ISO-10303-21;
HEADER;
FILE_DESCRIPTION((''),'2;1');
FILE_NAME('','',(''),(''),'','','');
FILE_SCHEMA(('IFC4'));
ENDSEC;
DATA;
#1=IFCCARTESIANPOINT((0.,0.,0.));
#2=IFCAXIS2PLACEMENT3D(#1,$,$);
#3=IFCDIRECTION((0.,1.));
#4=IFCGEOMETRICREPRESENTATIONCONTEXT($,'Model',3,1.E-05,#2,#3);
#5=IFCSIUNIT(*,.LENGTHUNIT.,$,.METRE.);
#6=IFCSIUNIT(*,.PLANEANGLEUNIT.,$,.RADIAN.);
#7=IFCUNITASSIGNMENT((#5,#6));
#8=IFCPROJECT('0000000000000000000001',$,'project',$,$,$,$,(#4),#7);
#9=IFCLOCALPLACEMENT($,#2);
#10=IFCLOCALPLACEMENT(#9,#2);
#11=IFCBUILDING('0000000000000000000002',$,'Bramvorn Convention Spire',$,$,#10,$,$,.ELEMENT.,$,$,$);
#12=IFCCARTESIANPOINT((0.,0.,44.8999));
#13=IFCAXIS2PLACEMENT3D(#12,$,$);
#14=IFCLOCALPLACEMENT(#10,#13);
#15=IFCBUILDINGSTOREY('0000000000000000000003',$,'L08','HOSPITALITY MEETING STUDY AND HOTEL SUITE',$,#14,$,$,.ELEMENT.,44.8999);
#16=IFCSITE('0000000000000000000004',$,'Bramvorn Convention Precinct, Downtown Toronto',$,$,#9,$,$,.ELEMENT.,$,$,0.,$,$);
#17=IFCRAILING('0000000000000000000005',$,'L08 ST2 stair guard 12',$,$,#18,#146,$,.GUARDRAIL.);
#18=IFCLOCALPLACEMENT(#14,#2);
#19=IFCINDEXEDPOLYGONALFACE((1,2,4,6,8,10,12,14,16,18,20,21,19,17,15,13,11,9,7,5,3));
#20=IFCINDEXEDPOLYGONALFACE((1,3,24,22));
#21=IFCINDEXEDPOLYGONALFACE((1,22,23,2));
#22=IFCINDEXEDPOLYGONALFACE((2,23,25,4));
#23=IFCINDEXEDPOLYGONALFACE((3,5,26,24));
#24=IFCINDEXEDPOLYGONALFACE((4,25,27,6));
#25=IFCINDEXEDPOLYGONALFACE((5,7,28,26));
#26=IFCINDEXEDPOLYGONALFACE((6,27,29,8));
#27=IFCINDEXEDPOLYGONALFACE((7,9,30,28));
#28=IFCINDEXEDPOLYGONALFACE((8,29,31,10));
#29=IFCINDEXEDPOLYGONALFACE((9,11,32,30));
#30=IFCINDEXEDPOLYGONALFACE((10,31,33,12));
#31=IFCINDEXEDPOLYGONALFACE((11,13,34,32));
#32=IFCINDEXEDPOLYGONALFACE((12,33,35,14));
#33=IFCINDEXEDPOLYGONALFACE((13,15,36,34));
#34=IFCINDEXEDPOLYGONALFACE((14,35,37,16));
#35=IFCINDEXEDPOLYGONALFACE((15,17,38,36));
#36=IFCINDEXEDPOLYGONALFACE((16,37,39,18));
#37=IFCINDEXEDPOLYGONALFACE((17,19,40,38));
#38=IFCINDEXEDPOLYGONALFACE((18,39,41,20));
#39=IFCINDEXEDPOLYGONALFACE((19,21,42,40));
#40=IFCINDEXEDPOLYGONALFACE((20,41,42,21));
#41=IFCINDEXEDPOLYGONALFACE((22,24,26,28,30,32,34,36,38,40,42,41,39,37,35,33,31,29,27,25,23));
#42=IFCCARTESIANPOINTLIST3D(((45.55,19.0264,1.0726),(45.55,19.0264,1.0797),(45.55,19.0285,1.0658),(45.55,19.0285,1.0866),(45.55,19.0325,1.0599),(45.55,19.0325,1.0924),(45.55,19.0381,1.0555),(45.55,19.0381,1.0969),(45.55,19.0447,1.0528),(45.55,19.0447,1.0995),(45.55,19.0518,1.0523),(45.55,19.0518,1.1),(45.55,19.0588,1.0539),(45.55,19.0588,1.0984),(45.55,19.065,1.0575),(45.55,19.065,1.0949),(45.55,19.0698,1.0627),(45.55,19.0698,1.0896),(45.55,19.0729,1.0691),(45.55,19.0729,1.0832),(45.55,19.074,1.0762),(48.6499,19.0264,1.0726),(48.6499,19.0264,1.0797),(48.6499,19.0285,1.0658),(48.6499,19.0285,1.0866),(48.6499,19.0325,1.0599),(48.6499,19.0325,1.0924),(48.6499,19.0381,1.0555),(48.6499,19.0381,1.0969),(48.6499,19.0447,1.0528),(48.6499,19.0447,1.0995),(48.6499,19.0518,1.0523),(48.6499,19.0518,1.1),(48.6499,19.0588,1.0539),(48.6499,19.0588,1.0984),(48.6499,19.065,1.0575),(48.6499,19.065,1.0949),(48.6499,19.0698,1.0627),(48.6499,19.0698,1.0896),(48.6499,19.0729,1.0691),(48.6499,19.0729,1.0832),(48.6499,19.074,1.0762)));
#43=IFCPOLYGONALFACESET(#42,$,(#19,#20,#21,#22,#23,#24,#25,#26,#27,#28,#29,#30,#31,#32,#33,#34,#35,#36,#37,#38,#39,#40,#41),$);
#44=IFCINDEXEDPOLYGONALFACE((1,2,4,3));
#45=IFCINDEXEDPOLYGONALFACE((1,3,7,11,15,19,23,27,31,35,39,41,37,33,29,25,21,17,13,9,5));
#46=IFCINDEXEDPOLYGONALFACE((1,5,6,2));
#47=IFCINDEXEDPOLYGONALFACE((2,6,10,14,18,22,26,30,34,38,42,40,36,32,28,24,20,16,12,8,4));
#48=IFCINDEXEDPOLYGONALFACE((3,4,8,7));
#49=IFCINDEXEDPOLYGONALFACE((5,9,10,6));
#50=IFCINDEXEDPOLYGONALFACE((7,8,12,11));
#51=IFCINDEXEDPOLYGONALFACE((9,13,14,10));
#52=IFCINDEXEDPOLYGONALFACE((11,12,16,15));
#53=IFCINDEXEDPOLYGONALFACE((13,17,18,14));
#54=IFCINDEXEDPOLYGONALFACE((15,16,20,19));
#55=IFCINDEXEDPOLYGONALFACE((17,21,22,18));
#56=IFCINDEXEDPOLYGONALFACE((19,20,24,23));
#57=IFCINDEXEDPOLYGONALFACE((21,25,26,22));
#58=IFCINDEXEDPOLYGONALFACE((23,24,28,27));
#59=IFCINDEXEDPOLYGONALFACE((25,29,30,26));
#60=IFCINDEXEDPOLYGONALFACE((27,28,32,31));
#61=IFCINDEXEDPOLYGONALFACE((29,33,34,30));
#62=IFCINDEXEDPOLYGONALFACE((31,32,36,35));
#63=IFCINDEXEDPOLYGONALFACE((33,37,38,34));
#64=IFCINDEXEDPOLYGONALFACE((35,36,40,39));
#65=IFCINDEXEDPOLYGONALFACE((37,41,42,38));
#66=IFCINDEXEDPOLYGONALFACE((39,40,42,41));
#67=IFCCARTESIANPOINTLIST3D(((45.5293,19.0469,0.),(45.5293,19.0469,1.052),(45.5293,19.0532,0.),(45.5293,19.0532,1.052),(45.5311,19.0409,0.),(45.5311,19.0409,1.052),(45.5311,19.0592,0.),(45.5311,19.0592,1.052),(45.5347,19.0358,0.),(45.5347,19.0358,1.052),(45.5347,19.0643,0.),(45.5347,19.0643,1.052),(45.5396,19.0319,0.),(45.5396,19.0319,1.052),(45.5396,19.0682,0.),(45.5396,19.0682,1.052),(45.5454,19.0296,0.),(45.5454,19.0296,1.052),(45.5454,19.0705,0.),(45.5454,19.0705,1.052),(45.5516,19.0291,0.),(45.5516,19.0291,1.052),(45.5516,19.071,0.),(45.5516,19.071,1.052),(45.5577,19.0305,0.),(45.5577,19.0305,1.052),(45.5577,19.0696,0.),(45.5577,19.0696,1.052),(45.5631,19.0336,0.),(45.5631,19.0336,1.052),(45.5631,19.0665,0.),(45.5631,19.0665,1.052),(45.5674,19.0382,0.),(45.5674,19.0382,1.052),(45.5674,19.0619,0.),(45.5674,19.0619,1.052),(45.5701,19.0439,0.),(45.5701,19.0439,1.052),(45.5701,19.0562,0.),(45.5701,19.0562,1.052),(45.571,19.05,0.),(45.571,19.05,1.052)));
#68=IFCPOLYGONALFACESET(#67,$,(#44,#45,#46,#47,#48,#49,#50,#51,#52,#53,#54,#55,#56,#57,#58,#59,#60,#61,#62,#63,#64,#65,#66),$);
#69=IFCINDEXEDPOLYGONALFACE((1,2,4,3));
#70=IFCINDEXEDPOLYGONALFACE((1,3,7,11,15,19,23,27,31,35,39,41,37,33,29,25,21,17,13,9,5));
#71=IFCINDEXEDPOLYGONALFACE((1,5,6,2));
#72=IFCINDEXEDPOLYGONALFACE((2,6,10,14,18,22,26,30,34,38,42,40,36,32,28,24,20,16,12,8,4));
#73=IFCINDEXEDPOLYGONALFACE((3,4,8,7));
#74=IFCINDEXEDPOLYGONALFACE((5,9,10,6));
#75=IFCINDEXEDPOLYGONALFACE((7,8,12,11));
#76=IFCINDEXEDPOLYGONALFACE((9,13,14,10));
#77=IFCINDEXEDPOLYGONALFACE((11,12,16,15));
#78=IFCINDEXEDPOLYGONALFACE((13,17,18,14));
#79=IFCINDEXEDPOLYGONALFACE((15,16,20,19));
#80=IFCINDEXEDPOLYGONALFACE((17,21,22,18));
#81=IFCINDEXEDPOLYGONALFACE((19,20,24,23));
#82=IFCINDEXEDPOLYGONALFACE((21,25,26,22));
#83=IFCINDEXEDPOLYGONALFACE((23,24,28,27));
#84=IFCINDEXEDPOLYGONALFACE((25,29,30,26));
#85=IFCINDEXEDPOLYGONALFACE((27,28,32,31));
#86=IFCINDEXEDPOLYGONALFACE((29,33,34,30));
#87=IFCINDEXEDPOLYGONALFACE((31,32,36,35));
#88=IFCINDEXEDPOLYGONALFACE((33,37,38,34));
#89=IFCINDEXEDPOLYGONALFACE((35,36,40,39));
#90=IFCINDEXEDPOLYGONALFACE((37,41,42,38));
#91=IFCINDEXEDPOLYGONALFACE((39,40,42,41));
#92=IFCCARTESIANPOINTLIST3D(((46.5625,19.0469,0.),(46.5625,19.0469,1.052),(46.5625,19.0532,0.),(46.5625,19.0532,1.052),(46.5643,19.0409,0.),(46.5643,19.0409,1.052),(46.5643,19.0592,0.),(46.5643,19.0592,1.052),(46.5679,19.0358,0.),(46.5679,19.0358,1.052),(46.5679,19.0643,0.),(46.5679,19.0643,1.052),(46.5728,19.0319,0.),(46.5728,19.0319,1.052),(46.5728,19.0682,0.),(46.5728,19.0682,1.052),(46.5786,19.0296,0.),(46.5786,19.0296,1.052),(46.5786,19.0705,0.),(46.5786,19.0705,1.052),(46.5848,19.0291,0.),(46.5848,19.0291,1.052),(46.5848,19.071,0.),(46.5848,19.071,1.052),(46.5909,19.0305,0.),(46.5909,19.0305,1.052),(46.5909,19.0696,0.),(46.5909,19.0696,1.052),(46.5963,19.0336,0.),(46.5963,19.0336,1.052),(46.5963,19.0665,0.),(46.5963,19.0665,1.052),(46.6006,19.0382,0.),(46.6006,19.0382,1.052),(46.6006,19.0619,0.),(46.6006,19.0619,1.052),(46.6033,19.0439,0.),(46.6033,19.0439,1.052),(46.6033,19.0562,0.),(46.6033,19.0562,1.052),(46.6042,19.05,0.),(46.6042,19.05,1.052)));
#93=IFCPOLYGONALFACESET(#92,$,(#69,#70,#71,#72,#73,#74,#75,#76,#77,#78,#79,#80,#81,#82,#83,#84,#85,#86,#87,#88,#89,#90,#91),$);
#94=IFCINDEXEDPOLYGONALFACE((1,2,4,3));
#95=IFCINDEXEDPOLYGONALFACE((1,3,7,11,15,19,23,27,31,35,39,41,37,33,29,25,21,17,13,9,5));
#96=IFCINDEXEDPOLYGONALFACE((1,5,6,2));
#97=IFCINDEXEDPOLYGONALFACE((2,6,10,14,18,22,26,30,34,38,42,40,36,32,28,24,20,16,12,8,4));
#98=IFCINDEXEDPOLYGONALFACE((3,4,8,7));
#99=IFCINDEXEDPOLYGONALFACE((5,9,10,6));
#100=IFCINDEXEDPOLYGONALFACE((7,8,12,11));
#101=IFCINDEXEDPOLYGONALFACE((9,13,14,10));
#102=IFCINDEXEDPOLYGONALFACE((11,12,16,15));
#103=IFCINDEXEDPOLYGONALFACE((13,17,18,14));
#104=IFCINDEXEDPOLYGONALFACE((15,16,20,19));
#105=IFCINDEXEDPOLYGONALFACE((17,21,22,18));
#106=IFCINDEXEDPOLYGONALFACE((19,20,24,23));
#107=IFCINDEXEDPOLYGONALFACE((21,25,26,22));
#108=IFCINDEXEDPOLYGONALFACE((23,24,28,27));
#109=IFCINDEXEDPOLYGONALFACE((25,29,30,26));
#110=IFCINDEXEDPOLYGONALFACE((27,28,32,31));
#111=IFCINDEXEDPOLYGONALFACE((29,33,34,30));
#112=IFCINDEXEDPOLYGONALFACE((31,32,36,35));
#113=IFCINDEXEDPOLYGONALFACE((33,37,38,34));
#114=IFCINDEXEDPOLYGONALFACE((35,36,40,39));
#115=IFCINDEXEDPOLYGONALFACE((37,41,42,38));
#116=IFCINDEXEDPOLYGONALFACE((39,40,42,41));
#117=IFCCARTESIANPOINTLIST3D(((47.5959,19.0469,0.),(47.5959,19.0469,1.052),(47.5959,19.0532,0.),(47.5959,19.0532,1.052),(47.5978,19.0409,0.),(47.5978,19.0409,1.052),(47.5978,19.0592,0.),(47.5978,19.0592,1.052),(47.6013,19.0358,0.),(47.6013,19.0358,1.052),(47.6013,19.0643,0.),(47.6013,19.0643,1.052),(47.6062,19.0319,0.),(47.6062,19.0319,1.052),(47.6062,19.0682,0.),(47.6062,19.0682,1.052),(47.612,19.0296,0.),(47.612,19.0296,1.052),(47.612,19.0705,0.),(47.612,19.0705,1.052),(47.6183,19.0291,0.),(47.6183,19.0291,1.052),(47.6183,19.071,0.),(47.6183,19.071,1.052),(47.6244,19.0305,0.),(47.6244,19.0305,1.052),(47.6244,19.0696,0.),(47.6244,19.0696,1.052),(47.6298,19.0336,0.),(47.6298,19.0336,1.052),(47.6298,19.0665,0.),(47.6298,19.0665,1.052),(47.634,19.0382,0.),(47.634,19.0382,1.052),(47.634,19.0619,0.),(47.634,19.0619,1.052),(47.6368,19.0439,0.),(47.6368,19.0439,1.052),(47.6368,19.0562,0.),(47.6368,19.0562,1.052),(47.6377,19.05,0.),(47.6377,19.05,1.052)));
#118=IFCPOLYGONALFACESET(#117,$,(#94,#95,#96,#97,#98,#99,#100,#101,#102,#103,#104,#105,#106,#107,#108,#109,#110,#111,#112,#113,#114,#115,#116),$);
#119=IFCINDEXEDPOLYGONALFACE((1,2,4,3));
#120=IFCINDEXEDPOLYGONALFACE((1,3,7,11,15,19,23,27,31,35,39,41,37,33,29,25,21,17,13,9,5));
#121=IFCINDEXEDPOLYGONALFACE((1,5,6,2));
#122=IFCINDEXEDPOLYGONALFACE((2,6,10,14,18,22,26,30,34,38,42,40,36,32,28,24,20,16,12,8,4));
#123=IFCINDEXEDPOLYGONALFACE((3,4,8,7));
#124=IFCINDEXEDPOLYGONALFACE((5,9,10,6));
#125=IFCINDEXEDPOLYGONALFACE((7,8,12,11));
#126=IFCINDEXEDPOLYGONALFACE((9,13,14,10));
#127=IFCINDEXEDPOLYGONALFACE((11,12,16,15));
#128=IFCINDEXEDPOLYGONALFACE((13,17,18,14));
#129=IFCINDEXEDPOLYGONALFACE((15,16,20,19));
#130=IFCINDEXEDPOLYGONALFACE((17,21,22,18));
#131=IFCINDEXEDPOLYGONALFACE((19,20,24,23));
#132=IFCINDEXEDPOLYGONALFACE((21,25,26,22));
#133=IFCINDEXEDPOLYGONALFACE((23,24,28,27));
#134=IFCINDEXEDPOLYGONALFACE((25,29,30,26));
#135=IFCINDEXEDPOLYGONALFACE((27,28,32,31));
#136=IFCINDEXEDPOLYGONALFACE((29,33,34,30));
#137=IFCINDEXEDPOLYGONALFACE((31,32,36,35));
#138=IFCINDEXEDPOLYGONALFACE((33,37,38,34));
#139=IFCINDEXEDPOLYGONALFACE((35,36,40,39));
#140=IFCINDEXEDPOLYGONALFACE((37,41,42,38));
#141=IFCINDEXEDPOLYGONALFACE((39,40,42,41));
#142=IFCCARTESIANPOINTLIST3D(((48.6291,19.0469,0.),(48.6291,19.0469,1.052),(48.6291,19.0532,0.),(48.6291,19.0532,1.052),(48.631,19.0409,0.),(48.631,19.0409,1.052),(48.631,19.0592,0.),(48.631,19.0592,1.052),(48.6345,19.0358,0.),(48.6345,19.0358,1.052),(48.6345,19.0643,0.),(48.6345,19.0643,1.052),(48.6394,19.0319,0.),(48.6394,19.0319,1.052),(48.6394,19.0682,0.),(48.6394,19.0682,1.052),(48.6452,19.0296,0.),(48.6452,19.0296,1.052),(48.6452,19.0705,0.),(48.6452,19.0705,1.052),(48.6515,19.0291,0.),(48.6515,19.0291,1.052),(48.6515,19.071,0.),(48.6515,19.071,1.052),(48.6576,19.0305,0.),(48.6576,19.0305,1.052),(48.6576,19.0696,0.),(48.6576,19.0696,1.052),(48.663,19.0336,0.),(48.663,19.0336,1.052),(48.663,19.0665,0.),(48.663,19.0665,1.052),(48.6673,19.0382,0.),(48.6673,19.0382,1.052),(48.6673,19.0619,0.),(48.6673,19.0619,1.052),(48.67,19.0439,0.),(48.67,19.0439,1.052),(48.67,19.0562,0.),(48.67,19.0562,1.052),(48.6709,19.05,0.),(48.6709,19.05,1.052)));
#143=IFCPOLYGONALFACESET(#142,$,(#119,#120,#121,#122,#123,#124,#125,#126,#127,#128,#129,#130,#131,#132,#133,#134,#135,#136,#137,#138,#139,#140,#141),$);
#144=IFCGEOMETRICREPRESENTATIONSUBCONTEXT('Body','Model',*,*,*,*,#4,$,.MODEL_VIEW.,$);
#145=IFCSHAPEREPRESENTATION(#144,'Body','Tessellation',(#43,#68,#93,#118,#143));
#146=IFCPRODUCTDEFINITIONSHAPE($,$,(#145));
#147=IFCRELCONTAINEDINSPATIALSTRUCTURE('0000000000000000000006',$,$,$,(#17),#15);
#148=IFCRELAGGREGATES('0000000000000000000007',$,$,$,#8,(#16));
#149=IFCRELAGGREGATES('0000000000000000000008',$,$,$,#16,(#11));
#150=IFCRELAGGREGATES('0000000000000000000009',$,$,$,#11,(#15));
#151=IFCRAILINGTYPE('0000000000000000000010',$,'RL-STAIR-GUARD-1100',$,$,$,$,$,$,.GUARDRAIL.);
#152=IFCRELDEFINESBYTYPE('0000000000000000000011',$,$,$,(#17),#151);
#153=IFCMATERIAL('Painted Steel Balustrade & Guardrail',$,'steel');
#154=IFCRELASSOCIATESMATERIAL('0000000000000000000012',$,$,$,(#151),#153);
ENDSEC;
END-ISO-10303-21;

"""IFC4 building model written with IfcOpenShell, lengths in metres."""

from ifc_helpers import new_model, si_unit, direction, frame, origin, origin_2d, place, context, subcontext, project, spatial, circle, extrude, material, type_object, element, save


model = new_model("IFC4")

# Units and contexts
model_context = context("Model", 3, precision=1e-05, world=origin(), true_north=direction((0.0, 1.0)))
body_context = subcontext(model_context, "Body", "Model", "MODEL_VIEW")
ifc_project = project(units=[si_unit("LENGTHUNIT", "METRE"), si_unit("PLANEANGLEUNIT", "RADIAN")], contexts=[model_context])

# Site, building, storey
site_placement = place(None, origin())
site = spatial("IfcSite", under=ifc_project, at=site_placement, Name="Bramvorn Convention Precinct, Downtown Toronto", CompositionType="ELEMENT", RefElevation=0.0)
building_placement = place(site_placement, origin())
building = spatial("IfcBuilding", under=site, at=building_placement, Name="Bramvorn Convention Spire", CompositionType="ELEMENT")
storey_placement = place(building_placement, frame((0.0, 0.0, 44.8999)))
storey = spatial("IfcBuildingStorey", under=building, at=storey_placement, Name="L08", Description="HOSPITALITY MEETING STUDY AND HOTEL SUITE", CompositionType="ELEMENT", Elevation=44.8999)

# Railing
ifc_material_1 = material(Name="Painted Steel Balustrade & Guardrail", Category="steel")
railing_type = type_object("IfcRailingType", Name="RL-STAIR-GUARD-1100", PredefinedType="GUARDRAIL", material=ifc_material_1)
railing_1_placement = place(storey_placement, frame((45.55, 19.05, 0.0)))
element("IfcRailing", 1, at=railing_1_placement, inside=storey, type_object=railing_type, Name="L08 ST2 stair guard 12", PredefinedType="GUARDRAIL", context=body_context, shape_type="SweptSolid", body=[
    extrude(circle(Radius=0.0239, at=origin_2d()), frame((0.0, 0.0, 1.0762), z_axis=(1.0, 0.0, 0.0), x_axis=(0.0, 1.0, 0.0)), (0.0, 0.0, 1.0), 3.0999),
    extrude(circle(Radius=0.021, at=origin_2d()), origin(), (0.0, 0.0, 1.0), 1.052),
    extrude(circle(Radius=0.021, at=origin_2d()), frame((1.0332, 0.0, 0.0)), (0.0, 0.0, 1.0), 1.052),
    extrude(circle(Radius=0.021, at=origin_2d()), frame((2.0667, 0.0, 0.0)), (0.0, 0.0, 1.0), 1.052),
    extrude(circle(Radius=0.021, at=origin_2d()), frame((3.0999, 0.0, 0.0)), (0.0, 0.0, 1.0), 1.052),
])

save(model, "model.ifc")
